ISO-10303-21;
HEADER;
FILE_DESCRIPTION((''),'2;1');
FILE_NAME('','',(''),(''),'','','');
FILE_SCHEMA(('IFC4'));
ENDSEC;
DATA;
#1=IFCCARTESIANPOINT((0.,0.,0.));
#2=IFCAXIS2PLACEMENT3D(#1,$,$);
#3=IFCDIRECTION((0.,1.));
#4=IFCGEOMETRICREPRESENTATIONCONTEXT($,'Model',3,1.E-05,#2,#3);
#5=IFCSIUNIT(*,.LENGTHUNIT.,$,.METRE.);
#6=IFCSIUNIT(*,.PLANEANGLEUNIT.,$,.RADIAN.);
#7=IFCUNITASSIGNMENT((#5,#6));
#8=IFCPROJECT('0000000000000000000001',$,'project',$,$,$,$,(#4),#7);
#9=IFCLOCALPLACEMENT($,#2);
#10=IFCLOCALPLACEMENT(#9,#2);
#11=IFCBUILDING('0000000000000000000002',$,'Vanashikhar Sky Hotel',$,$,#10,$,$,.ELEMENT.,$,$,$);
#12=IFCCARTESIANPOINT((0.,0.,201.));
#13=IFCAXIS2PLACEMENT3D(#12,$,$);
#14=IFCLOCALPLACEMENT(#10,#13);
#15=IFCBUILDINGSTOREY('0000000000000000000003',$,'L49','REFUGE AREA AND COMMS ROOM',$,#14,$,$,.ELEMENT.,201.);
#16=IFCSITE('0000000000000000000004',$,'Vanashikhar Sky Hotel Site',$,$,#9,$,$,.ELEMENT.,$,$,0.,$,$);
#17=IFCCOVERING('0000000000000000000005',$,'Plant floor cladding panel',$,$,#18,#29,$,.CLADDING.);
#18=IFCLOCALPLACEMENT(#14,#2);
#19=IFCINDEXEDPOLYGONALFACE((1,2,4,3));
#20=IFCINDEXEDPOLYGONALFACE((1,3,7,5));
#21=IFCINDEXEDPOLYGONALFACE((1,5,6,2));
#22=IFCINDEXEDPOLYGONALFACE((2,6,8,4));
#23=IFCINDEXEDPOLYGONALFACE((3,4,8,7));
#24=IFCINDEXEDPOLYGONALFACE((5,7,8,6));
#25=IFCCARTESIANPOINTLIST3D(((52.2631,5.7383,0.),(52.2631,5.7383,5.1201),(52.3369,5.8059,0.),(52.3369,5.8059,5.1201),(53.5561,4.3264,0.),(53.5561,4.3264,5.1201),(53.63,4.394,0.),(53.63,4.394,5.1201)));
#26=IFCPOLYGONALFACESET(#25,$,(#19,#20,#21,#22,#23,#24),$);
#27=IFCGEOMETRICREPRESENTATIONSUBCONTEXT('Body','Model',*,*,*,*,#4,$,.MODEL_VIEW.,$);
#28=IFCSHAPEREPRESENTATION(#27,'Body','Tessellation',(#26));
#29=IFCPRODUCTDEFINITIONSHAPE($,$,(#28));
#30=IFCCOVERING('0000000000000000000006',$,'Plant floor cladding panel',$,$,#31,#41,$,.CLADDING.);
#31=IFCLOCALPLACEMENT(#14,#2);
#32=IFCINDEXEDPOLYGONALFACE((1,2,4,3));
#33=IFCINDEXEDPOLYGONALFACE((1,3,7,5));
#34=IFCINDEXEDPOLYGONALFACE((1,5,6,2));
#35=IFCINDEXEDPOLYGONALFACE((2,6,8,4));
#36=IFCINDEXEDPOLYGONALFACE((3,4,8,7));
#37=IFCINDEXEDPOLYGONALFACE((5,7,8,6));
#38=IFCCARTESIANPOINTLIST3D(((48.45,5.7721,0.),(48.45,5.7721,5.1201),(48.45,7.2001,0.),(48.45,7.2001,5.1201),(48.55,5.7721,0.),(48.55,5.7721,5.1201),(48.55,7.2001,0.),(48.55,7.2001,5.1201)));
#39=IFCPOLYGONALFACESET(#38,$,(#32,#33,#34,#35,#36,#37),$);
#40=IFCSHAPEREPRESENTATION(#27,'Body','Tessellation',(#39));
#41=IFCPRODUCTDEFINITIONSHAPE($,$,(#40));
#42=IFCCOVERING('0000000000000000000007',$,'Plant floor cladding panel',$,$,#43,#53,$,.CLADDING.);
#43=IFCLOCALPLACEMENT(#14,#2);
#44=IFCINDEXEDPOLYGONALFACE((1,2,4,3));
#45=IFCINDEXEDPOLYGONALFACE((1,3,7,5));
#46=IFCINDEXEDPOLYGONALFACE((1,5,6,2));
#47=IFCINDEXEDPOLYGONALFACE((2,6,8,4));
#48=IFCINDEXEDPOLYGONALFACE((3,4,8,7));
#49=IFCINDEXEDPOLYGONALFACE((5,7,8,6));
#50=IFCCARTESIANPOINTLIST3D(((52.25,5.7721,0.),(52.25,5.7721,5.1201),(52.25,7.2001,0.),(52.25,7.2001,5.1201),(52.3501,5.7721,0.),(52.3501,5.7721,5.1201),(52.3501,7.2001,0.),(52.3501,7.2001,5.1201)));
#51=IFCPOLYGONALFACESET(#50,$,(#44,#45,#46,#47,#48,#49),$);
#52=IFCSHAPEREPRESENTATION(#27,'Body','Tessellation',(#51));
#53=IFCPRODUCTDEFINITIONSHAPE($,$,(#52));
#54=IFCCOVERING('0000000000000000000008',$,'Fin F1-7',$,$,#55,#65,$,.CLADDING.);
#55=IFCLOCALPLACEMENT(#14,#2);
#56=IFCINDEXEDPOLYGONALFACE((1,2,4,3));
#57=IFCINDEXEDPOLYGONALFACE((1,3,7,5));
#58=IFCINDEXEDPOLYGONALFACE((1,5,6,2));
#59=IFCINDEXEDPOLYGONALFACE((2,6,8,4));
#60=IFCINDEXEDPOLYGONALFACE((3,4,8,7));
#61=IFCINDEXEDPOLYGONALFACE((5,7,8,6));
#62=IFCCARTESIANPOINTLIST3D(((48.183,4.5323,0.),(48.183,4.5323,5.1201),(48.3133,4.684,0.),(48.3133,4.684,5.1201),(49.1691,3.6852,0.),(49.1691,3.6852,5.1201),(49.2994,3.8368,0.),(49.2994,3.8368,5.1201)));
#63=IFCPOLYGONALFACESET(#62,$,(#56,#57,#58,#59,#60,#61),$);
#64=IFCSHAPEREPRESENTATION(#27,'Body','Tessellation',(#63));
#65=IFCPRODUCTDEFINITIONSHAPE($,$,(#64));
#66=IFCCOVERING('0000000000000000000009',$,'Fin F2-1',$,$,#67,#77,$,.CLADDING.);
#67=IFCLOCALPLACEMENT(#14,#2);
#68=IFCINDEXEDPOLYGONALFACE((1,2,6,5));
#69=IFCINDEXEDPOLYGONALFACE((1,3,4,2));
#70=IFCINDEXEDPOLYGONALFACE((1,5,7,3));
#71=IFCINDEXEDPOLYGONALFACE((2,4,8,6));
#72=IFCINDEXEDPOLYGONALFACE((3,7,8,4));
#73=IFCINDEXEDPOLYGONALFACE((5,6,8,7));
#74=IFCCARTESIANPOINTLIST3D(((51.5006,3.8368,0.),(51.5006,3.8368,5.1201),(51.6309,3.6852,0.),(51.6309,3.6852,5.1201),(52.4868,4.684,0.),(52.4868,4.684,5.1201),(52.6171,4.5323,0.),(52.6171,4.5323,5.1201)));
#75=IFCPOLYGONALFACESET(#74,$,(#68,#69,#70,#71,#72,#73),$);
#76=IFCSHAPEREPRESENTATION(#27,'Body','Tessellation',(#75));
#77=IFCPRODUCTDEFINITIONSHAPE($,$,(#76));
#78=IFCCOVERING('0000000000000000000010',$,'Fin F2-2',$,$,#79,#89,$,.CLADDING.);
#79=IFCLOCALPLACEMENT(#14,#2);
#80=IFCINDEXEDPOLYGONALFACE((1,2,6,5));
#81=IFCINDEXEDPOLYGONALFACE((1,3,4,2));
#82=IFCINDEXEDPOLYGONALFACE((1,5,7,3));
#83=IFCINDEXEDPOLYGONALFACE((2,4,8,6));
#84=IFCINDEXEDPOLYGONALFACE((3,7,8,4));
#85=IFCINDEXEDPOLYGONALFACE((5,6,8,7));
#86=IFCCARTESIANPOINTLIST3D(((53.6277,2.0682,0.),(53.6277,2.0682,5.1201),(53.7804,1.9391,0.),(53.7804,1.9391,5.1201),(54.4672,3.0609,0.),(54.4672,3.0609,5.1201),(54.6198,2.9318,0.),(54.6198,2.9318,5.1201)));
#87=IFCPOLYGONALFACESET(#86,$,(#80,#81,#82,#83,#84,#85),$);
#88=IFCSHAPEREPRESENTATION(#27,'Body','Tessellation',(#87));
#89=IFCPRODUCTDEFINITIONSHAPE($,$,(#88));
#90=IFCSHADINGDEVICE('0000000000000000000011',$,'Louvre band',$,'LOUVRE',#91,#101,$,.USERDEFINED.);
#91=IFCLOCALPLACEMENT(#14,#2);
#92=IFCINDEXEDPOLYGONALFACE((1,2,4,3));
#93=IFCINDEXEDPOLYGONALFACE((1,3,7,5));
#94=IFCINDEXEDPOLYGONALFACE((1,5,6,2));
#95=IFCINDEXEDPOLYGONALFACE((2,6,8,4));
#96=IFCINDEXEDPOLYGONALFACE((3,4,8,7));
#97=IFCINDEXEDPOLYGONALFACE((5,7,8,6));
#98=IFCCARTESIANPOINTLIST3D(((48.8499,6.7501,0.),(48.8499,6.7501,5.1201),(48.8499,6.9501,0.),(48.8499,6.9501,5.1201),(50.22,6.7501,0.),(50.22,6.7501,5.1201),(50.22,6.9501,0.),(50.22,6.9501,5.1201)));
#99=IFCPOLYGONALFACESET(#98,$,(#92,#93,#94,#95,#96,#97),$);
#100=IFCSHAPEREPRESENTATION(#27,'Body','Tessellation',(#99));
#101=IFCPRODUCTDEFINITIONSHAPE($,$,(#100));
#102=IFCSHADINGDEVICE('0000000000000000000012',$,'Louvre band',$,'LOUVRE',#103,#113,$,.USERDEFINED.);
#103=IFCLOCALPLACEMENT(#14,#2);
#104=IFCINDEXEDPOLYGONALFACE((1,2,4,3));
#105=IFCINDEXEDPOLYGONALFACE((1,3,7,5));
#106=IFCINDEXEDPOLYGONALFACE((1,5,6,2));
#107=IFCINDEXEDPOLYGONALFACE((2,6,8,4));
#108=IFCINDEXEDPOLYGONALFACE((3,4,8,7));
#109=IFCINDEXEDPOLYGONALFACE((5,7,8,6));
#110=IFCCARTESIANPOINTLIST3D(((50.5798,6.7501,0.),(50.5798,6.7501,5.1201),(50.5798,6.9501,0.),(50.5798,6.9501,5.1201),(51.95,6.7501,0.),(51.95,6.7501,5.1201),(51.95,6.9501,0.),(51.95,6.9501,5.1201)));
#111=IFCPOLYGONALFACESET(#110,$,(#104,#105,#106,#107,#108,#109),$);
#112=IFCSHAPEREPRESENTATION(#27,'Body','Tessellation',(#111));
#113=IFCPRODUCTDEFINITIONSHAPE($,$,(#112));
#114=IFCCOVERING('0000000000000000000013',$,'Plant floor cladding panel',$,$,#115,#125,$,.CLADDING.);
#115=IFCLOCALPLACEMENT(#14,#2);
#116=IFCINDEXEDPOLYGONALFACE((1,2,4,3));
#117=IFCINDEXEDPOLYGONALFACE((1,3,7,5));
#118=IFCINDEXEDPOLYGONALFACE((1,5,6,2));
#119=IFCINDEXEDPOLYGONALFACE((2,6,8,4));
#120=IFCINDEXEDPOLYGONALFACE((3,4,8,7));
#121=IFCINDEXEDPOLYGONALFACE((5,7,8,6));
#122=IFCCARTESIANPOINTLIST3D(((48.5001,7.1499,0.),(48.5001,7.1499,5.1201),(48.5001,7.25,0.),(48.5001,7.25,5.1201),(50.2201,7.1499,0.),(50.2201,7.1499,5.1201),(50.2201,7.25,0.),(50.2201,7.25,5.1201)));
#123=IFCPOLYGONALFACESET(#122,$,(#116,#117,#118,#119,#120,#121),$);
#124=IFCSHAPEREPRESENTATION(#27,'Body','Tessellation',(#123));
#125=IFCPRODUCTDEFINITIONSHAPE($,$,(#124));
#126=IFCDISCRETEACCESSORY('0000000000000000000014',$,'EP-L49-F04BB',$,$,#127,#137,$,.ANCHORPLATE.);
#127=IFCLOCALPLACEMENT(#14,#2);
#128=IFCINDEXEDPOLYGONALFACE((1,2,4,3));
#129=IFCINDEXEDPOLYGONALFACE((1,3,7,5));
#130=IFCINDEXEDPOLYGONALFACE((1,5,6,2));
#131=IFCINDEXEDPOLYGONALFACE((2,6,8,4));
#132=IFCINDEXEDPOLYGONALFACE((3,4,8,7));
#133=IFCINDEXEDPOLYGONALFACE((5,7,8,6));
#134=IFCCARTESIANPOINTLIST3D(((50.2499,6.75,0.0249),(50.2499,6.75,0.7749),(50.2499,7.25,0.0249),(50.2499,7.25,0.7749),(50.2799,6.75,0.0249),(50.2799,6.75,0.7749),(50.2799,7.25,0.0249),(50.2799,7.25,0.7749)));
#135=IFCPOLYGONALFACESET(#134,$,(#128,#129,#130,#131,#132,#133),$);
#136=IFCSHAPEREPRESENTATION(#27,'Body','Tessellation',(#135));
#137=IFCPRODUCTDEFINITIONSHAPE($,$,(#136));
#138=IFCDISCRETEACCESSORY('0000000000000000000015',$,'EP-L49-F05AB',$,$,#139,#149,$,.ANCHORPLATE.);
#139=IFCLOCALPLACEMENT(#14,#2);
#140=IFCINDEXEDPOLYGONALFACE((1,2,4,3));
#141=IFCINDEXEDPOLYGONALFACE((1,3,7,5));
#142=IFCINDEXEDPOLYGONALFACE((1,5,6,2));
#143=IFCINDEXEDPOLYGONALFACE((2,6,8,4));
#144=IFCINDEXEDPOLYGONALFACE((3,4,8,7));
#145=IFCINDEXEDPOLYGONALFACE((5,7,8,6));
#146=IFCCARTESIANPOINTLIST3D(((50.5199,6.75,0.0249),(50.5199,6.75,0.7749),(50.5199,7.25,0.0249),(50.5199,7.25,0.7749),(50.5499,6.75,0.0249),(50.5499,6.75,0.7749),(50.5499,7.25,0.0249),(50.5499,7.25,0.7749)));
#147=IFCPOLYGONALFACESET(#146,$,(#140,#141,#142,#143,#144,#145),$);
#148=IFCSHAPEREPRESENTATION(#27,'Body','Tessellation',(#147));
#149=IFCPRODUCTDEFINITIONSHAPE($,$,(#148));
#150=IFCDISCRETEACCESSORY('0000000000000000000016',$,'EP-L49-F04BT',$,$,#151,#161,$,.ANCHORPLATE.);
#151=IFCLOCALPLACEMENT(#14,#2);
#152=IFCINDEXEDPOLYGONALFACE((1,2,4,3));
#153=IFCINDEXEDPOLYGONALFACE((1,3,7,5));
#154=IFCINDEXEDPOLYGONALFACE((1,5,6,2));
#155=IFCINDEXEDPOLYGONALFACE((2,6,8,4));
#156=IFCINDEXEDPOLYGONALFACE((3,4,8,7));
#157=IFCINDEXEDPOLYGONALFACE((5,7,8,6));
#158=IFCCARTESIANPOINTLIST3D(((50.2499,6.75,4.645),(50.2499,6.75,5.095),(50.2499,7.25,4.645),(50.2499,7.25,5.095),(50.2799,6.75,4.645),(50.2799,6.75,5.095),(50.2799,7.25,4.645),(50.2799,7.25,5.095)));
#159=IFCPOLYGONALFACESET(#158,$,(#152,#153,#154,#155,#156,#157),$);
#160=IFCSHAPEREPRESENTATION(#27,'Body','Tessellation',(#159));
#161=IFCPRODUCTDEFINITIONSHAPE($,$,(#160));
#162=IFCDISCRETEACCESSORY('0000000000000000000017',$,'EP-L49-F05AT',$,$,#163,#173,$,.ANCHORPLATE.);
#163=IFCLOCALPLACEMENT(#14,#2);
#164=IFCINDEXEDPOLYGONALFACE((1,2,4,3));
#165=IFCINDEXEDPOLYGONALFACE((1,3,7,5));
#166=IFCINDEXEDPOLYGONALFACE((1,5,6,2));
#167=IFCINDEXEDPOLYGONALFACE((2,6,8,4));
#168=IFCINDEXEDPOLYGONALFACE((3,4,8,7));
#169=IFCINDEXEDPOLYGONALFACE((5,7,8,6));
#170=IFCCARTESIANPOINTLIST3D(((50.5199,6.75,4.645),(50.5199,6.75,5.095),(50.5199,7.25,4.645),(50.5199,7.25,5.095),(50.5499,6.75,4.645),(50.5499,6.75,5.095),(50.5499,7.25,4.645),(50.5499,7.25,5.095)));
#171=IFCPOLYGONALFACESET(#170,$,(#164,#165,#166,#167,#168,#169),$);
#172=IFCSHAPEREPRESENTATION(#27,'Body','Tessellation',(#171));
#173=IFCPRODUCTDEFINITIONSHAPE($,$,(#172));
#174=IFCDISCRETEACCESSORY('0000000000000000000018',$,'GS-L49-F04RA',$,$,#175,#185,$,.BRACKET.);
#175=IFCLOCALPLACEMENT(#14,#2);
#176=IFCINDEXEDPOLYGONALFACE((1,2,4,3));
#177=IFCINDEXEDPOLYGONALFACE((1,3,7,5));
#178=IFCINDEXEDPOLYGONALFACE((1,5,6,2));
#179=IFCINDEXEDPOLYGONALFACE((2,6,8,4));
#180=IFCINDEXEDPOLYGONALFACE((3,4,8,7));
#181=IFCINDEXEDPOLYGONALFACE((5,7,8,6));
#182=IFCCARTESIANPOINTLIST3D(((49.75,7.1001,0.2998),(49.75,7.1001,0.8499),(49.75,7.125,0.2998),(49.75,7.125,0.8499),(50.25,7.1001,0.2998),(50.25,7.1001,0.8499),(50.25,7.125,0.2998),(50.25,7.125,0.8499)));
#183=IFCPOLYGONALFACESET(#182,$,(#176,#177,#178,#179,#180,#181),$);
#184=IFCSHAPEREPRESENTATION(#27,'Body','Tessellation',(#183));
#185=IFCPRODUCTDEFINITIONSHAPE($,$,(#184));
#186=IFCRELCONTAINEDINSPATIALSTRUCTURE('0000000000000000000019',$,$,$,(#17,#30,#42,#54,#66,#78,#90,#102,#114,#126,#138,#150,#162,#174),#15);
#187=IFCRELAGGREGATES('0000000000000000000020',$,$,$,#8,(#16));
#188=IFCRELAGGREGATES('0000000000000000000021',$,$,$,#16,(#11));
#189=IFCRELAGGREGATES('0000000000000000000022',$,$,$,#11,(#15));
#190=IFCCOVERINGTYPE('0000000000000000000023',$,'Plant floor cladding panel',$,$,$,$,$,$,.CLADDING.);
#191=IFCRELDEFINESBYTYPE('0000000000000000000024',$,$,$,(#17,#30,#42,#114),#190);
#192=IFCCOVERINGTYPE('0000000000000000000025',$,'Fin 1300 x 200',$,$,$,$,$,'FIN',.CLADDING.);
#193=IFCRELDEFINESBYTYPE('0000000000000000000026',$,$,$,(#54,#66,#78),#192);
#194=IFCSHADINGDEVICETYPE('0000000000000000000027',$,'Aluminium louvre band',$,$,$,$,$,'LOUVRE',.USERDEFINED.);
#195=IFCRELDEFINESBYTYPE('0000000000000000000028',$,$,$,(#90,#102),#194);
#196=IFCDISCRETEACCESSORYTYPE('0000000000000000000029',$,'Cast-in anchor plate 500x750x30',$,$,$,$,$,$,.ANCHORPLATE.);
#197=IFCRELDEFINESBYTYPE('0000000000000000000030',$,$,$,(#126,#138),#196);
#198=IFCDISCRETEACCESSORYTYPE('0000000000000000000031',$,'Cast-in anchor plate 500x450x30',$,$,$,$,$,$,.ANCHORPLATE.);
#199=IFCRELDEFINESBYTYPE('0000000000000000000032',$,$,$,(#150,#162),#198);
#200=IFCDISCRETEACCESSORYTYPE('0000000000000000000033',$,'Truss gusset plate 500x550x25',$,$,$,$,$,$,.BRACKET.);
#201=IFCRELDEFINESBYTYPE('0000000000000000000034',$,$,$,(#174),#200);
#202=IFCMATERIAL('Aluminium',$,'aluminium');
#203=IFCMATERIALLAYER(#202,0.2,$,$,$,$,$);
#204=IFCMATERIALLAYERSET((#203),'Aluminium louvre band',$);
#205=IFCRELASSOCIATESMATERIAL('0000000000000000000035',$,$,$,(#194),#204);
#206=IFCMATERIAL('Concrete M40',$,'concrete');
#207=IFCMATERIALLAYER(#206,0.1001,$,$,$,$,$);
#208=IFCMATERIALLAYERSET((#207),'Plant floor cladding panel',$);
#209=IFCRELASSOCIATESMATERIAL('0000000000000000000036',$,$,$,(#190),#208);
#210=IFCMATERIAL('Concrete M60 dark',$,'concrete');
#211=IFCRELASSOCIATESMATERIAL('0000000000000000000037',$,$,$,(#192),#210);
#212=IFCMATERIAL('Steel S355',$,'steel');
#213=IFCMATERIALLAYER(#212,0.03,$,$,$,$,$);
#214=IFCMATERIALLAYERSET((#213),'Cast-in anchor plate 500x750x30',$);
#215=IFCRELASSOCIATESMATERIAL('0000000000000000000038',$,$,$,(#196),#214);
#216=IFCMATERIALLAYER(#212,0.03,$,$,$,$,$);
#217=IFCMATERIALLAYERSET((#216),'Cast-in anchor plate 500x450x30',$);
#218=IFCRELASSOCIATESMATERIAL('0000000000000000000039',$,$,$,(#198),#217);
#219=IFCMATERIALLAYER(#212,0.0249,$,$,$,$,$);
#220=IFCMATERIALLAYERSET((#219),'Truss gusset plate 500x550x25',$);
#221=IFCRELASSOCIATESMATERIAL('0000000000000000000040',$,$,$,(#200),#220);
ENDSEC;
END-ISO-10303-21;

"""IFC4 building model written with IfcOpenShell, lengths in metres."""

from ifc_helpers import new_model, si_unit, direction, frame, origin, origin_2d, place, context, subcontext, project, spatial, rectangle, extrude, source, transform, mapped, material, layer, layer_set, material_profile, profile_set, type_object, element, save


model = new_model("IFC4")

# Units and contexts
model_context = context("Model", 3, precision=1e-05, world=origin(), true_north=direction((0.0, 1.0)))
body_context = subcontext(model_context, "Body", "Model", "MODEL_VIEW")
ifc_project = project(units=[si_unit("LENGTHUNIT", "METRE"), si_unit("PLANEANGLEUNIT", "RADIAN")], contexts=[model_context])

# Site, building, storey
site_placement = place(None, origin())
site = spatial("IfcSite", under=ifc_project, at=site_placement, Name="Vanashikhar Sky Hotel Site", CompositionType="ELEMENT", RefElevation=0.0)
building_placement = place(site_placement, origin())
building = spatial("IfcBuilding", under=site, at=building_placement, Name="Vanashikhar Sky Hotel", CompositionType="ELEMENT")
storey_placement = place(building_placement, frame((0.0, 0.0, 201.0)))
storey = spatial("IfcBuildingStorey", under=building, at=storey_placement, Name="L49", Description="REFUGE AREA AND COMMS ROOM", CompositionType="ELEMENT", Elevation=201.0)

# Shared definitions
ifc_material_1 = material(Name="Steel S355", Category="steel")

# Shared definitions
ifc_material_2 = material(Name="Aluminium", Category="aluminium")
ifc_layer_1 = layer(ifc_material_2, 0.2)
ifc_layer_set_1 = layer_set([ifc_layer_1], Name="Aluminium louvre band")
shading_device_type = type_object("IfcShadingDeviceType", Name="Aluminium louvre band", ElementType="LOUVRE", PredefinedType="USERDEFINED", material=ifc_layer_set_1)

# Coverings
ifc_material_3 = material(Name="Concrete M40", Category="concrete")
ifc_layer_2 = layer(ifc_material_3, 0.1001)
ifc_layer_set_2 = layer_set([ifc_layer_2], Name="Plant floor cladding panel")
covering_type_1 = type_object("IfcCoveringType", Name="Plant floor cladding panel", PredefinedType="CLADDING", material=ifc_layer_set_2)
shared_shape_1 = source(origin(), body_context, "Body", "SweptSolid", [
    extrude(rectangle(XDim=1.9146, YDim=0.1001, at=origin_2d()), origin(), (0.0, 0.0, 1.0), 5.1201),
])
covering_1_placement = place(storey_placement, frame((52.9465, 5.0662, 0.0), z_axis=(0.0, 0.0, 1.0), x_axis=(0.675371, -0.737478, 0.0)))
element("IfcCovering", 1, at=covering_1_placement, inside=storey, type_object=covering_type_1, Name="Plant floor cladding panel", PredefinedType="CLADDING", context=body_context, shape_type="MappedRepresentation", body=[
    mapped(shared_shape_1, transform((0.0, 0.0, 0.0), scale=1.0)),
])
shared_shape_2 = source(origin(), body_context, "Body", "SweptSolid", [
    extrude(rectangle(XDim=1.428, YDim=0.1001, at=origin_2d()), origin(), (0.0, 0.0, 1.0), 5.1201),
])
for number, where, z_axis, x_axis, name in (
    (2, (48.5, 6.4861, 0.0), (0.0, 0.0, 1.0), (0.0, 1.0, 0.0), "Plant floor cladding panel"),
    (3, (52.3, 6.4861, 0.0), (0.0, 0.0, 1.0), (0.0, -1.0, 0.0), "Plant floor cladding panel"),
):
    element("IfcCovering", number, at=place(storey_placement, frame(where, z_axis=z_axis, x_axis=x_axis)), inside=storey, type_object=covering_type_1, Name=name, PredefinedType="CLADDING", context=body_context, shape_type="MappedRepresentation", body=[
        mapped(shared_shape_2, transform((0.0, 0.0, 0.0), scale=1.0)),
    ])
ifc_material_4 = material(Name="Concrete M60 dark", Category="concrete")
ifc_material_profile_1 = material_profile(ifc_material_4, rectangle(XDim=1.3, YDim=0.2, at=origin_2d()))
ifc_profile_set_1 = profile_set([ifc_material_profile_1], Name="Fin 1300 x 200")
covering_type_2 = type_object("IfcCoveringType", Name="Fin 1300 x 200", ElementType="FIN", PredefinedType="CLADDING", material=ifc_profile_set_1)
shared_shape_3 = source(origin(), body_context, "Body", "SweptSolid", [
    extrude(rectangle(XDim=1.3, YDim=0.2, at=origin_2d()), origin(), (0.0, 0.0, 1.0), 5.1201),
])
for number, where, z_axis, x_axis, name in (
    (4, (48.7412, 4.1846, 0.0), (0.0, 0.0, 1.0), (0.758544, -0.651622, 0.0), "Fin F1-7"),
    (5, (52.0588, 4.1846, 0.0), (0.0, 0.0, 1.0), (-0.758544, -0.651622, 0.0), "Fin F2-1"),
    (6, (54.1238, 2.5, 0.0), (0.0, 0.0, 1.0), (-0.645698, -0.763593, 0.0), "Fin F2-2"),
):
    element("IfcCovering", number, at=place(storey_placement, frame(where, z_axis=z_axis, x_axis=x_axis)), inside=storey, type_object=covering_type_2, Name=name, PredefinedType="CLADDING", context=body_context, shape_type="MappedRepresentation", body=[
        mapped(shared_shape_3, transform((0.0, 0.0, 0.0), scale=1.0)),
    ])

# Shading devices
shared_shape_4 = source(origin(), body_context, "Body", "SweptSolid", [
    extrude(rectangle(XDim=1.3701, YDim=0.2, at=origin_2d()), origin(), (0.0, 0.0, 1.0), 5.1201),
])
for number, where, z_axis, x_axis, name in (
    (7, (49.5349, 6.8501, 0.0), (0.0, 0.0, 1.0), (1.0, 0.0, 0.0), "Louvre band"),
    (8, (51.2649, 6.8501, 0.0), (0.0, 0.0, 1.0), (1.0, 0.0, 0.0), "Louvre band"),
):
    element("IfcShadingDevice", number, at=place(storey_placement, frame(where, z_axis=z_axis, x_axis=x_axis)), inside=storey, type_object=shading_device_type, Name=name, ObjectType="LOUVRE", PredefinedType="USERDEFINED", context=body_context, shape_type="MappedRepresentation", body=[
        mapped(shared_shape_4, transform((0.0, 0.0, 0.0), scale=1.0)),
    ])

# Covering
shared_shape_5 = source(origin(), body_context, "Body", "SweptSolid", [
    extrude(rectangle(XDim=1.72, YDim=0.1001, at=origin_2d()), origin(), (0.0, 0.0, 1.0), 5.1201),
])
covering_2_placement = place(storey_placement, frame((49.3601, 7.2, 0.0), z_axis=(0.0, 0.0, 1.0), x_axis=(1.0, 0.0, 0.0)))
element("IfcCovering", 9, at=covering_2_placement, inside=storey, type_object=covering_type_1, Name="Plant floor cladding panel", PredefinedType="CLADDING", context=body_context, shape_type="MappedRepresentation", body=[
    mapped(shared_shape_5, transform((0.0, 0.0, 0.0), scale=1.0)),
])

# Discrete accessories
ifc_layer_3 = layer(ifc_material_1, 0.03)
ifc_layer_set_3 = layer_set([ifc_layer_3], Name="Cast-in anchor plate 500x750x30")
discrete_accessory_type_1 = type_object("IfcDiscreteAccessoryType", Name="Cast-in anchor plate 500x750x30", PredefinedType="ANCHORPLATE", material=ifc_layer_set_3)
shared_shape_6 = source(origin(), body_context, "Body", "SweptSolid", [
    extrude(rectangle(XDim=0.03, YDim=0.5, at=origin_2d()), origin(), (0.0, 0.0, 1.0), 0.75),
])
for number, where, z_axis, x_axis, name in (
    (10, (50.2649, 7.0, 0.0249), (0.0, 0.0, 1.0), (1.0, 0.0, 0.0), "EP-L49-F04BB"),
    (11, (50.5349, 7.0, 0.0249), (0.0, 0.0, 1.0), (1.0, 0.0, 0.0), "EP-L49-F05AB"),
):
    element("IfcDiscreteAccessory", number, at=place(storey_placement, frame(where, z_axis=z_axis, x_axis=x_axis)), inside=storey, type_object=discrete_accessory_type_1, Name=name, PredefinedType="ANCHORPLATE", context=body_context, shape_type="MappedRepresentation", body=[
        mapped(shared_shape_6, transform((0.0, 0.0, 0.0), scale=1.0)),
    ])
ifc_layer_4 = layer(ifc_material_1, 0.03)
ifc_layer_set_4 = layer_set([ifc_layer_4], Name="Cast-in anchor plate 500x450x30")
discrete_accessory_type_2 = type_object("IfcDiscreteAccessoryType", Name="Cast-in anchor plate 500x450x30", PredefinedType="ANCHORPLATE", material=ifc_layer_set_4)
shared_shape_7 = source(origin(), body_context, "Body", "SweptSolid", [
    extrude(rectangle(XDim=0.03, YDim=0.5, at=origin_2d()), origin(), (0.0, 0.0, 1.0), 0.45),
])
for number, where, z_axis, x_axis, name in (
    (12, (50.2649, 7.0, 4.645), (0.0, 0.0, 1.0), (1.0, 0.0, 0.0), "EP-L49-F04BT"),
    (13, (50.5349, 7.0, 4.645), (0.0, 0.0, 1.0), (1.0, 0.0, 0.0), "EP-L49-F05AT"),
):
    element("IfcDiscreteAccessory", number, at=place(storey_placement, frame(where, z_axis=z_axis, x_axis=x_axis)), inside=storey, type_object=discrete_accessory_type_2, Name=name, PredefinedType="ANCHORPLATE", context=body_context, shape_type="MappedRepresentation", body=[
        mapped(shared_shape_7, transform((0.0, 0.0, 0.0), scale=1.0)),
    ])
ifc_layer_5 = layer(ifc_material_1, 0.0249)
ifc_layer_set_5 = layer_set([ifc_layer_5], Name="Truss gusset plate 500x550x25")
discrete_accessory_type_3 = type_object("IfcDiscreteAccessoryType", Name="Truss gusset plate 500x550x25", PredefinedType="BRACKET", material=ifc_layer_set_5)
shared_shape_8 = source(origin(), body_context, "Body", "SweptSolid", [
    extrude(rectangle(XDim=0.5, YDim=0.0249, at=origin_2d()), origin(), (0.0, 0.0, 1.0), 0.55),
])
for number, where, z_axis, x_axis, name in (
    (14, (50.0, 7.1125, 0.2998), (0.0, 0.0, 1.0), (1.0, 0.0, 0.0), "GS-L49-F04RA"),
):
    element("IfcDiscreteAccessory", number, at=place(storey_placement, frame(where, z_axis=z_axis, x_axis=x_axis)), inside=storey, type_object=discrete_accessory_type_3, Name=name, PredefinedType="BRACKET", context=body_context, shape_type="MappedRepresentation", body=[
        mapped(shared_shape_8, transform((0.0, 0.0, 0.0), scale=1.0)),
    ])

save(model, "model.ifc")
